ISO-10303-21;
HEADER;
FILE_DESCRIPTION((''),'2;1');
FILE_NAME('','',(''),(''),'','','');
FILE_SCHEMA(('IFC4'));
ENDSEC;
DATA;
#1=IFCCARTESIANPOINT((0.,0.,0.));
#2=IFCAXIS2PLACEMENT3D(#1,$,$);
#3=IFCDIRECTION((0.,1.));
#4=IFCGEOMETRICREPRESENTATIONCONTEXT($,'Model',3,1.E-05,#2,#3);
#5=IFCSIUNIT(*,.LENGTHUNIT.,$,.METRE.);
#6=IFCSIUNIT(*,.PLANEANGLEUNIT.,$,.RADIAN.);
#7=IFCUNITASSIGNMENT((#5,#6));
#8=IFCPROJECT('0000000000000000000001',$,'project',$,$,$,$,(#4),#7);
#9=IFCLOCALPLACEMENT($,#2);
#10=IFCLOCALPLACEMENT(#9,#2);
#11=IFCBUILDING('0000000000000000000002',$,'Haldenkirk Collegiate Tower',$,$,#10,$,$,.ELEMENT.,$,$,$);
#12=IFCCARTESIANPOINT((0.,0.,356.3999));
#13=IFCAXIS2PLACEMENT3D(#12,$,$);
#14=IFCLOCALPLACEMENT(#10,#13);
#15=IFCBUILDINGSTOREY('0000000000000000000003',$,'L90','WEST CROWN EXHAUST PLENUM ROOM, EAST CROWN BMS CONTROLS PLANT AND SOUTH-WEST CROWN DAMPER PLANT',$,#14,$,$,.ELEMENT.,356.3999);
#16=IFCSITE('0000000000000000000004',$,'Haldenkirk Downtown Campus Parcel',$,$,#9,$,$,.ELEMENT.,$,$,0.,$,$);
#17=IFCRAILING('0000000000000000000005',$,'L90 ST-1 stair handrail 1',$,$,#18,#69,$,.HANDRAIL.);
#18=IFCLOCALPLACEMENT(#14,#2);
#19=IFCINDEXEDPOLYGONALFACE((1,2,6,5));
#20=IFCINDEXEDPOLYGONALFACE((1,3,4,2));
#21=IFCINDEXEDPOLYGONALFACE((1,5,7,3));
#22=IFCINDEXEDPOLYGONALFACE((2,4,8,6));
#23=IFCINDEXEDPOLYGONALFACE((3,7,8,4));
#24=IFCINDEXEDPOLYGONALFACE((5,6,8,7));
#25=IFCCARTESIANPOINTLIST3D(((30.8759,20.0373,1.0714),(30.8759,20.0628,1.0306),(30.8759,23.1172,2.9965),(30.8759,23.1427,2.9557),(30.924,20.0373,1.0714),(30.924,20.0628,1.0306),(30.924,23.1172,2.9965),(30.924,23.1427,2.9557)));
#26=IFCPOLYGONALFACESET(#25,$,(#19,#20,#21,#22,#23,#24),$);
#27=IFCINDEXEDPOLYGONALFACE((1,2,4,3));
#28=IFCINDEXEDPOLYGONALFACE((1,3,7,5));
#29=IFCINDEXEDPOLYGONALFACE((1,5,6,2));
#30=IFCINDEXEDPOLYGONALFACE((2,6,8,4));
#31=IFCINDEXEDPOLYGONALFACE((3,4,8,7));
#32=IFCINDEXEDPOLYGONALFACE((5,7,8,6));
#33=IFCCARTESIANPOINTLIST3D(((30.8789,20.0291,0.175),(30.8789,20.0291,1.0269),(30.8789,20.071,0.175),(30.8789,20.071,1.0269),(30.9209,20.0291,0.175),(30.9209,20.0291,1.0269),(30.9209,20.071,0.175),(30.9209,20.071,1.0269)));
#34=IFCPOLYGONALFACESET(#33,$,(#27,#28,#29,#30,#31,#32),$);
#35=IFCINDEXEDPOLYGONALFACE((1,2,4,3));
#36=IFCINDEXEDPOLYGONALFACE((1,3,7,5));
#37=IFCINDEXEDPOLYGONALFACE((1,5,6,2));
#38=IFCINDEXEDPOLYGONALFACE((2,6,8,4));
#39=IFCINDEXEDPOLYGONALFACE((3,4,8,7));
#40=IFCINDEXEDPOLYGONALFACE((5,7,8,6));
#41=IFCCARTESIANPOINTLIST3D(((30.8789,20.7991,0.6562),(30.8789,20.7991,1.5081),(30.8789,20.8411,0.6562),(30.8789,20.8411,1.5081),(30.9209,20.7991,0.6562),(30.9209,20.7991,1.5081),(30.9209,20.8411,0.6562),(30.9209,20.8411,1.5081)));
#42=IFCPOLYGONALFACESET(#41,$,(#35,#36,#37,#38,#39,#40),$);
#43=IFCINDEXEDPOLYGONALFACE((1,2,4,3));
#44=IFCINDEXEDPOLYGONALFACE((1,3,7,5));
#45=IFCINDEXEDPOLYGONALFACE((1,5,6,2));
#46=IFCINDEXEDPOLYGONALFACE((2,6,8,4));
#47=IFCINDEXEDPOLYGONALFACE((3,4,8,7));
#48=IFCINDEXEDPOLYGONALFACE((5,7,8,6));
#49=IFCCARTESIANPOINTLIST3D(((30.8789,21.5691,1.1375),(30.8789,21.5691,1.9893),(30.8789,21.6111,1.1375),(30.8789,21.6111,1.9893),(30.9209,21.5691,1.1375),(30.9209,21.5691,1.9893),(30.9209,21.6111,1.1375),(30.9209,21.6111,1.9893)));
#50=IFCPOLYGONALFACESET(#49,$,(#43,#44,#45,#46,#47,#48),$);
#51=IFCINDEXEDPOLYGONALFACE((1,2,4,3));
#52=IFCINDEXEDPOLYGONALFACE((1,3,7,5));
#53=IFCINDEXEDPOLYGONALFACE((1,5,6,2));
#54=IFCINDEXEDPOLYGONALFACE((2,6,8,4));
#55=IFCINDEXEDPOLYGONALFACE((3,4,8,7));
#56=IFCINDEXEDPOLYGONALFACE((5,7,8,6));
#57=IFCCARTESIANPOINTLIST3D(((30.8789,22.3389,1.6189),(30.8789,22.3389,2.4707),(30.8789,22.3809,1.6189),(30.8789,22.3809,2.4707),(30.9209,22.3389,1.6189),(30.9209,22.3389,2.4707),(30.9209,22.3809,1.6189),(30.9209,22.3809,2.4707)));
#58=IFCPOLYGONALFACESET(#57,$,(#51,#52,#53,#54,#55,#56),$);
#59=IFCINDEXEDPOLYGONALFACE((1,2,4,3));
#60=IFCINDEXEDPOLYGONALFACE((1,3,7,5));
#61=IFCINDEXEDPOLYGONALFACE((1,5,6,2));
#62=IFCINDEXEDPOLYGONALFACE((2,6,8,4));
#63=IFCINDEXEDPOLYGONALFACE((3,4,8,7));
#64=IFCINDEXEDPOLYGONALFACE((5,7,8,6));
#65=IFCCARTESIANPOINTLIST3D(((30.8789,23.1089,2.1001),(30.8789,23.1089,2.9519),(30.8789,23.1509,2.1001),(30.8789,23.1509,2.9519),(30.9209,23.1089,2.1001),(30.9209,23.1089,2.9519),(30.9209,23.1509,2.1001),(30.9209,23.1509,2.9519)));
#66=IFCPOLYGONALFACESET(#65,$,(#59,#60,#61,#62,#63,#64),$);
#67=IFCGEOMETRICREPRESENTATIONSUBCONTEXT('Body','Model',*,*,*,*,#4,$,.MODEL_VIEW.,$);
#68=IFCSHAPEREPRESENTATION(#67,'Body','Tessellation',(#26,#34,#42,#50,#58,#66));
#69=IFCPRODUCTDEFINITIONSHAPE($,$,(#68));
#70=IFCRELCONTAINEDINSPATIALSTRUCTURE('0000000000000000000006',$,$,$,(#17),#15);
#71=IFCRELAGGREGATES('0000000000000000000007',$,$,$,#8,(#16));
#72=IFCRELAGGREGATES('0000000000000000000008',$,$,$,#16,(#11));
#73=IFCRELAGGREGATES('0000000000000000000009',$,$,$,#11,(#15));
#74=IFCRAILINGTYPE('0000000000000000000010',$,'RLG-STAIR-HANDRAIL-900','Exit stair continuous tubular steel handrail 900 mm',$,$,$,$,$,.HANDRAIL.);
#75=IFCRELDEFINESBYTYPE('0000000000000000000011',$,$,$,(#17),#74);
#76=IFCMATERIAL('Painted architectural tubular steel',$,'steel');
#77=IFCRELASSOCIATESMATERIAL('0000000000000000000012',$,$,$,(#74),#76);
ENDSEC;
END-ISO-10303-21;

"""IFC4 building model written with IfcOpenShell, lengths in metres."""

from ifc_helpers import new_model, si_unit, direction, frame, origin, origin_2d, place, context, subcontext, project, spatial, rectangle, extrude, material, type_object, element, save


model = new_model("IFC4")

# Units and contexts
model_context = context("Model", 3, precision=1e-05, world=origin(), true_north=direction((0.0, 1.0)))
body_context = subcontext(model_context, "Body", "Model", "MODEL_VIEW")
ifc_project = project(units=[si_unit("LENGTHUNIT", "METRE"), si_unit("PLANEANGLEUNIT", "RADIAN")], contexts=[model_context])

# Site, building, storey
site_placement = place(None, origin())
site = spatial("IfcSite", under=ifc_project, at=site_placement, Name="Haldenkirk Downtown Campus Parcel", CompositionType="ELEMENT", RefElevation=0.0)
building_placement = place(site_placement, origin())
building = spatial("IfcBuilding", under=site, at=building_placement, Name="Haldenkirk Collegiate Tower", CompositionType="ELEMENT")
storey_placement = place(building_placement, frame((0.0, 0.0, 356.3999)))
storey = spatial("IfcBuildingStorey", under=building, at=storey_placement, Name="L90", Description="WEST CROWN EXHAUST PLENUM ROOM, EAST CROWN BMS CONTROLS PLANT AND SOUTH-WEST CROWN DAMPER PLANT", CompositionType="ELEMENT", Elevation=356.3999)

# Railing
ifc_material_1 = material(Name="Painted architectural tubular steel", Category="steel")
railing_type_1 = type_object("IfcRailingType", Name="RLG-STAIR-HANDRAIL-900", Description="Exit stair continuous tubular steel handrail 900 mm", PredefinedType="HANDRAIL", material=ifc_material_1)
railing_1_placement = place(storey_placement, frame((30.8999, 20.05, 0.175)))
element("IfcRailing", 1, at=railing_1_placement, inside=storey, type_object=railing_type_1, Name="L90 ST-1 stair handrail 1", PredefinedType="HANDRAIL", context=body_context, shape_type="SweptSolid", body=[
    extrude(rectangle(XDim=0.0481, YDim=0.0481, at=origin_2d()), frame((0.0, 0.0, 0.876), z_axis=(0.0, 0.847979, 0.530029), x_axis=(-1.0, 0.0, 0.0)), (0.0, 0.0, 1.0), 3.6321),
    extrude(rectangle(XDim=0.042, YDim=0.042, at=origin_2d()), origin(), (0.0, 0.0, 1.0), 0.8518),
    extrude(rectangle(XDim=0.042, YDim=0.042, at=origin_2d()), frame((0.0, 0.77, 0.4812)), (0.0, 0.0, 1.0), 0.8518),
    extrude(rectangle(XDim=0.042, YDim=0.042, at=origin_2d()), frame((0.0, 1.54, 0.9624)), (0.0, 0.0, 1.0), 0.8518),
    extrude(rectangle(XDim=0.042, YDim=0.042, at=origin_2d()), frame((0.0, 2.3098, 1.4438)), (0.0, 0.0, 1.0), 0.8518),
    extrude(rectangle(XDim=0.042, YDim=0.042, at=origin_2d()), frame((0.0, 3.0798, 1.925)), (0.0, 0.0, 1.0), 0.8518),
])

save(model, "model.ifc")
